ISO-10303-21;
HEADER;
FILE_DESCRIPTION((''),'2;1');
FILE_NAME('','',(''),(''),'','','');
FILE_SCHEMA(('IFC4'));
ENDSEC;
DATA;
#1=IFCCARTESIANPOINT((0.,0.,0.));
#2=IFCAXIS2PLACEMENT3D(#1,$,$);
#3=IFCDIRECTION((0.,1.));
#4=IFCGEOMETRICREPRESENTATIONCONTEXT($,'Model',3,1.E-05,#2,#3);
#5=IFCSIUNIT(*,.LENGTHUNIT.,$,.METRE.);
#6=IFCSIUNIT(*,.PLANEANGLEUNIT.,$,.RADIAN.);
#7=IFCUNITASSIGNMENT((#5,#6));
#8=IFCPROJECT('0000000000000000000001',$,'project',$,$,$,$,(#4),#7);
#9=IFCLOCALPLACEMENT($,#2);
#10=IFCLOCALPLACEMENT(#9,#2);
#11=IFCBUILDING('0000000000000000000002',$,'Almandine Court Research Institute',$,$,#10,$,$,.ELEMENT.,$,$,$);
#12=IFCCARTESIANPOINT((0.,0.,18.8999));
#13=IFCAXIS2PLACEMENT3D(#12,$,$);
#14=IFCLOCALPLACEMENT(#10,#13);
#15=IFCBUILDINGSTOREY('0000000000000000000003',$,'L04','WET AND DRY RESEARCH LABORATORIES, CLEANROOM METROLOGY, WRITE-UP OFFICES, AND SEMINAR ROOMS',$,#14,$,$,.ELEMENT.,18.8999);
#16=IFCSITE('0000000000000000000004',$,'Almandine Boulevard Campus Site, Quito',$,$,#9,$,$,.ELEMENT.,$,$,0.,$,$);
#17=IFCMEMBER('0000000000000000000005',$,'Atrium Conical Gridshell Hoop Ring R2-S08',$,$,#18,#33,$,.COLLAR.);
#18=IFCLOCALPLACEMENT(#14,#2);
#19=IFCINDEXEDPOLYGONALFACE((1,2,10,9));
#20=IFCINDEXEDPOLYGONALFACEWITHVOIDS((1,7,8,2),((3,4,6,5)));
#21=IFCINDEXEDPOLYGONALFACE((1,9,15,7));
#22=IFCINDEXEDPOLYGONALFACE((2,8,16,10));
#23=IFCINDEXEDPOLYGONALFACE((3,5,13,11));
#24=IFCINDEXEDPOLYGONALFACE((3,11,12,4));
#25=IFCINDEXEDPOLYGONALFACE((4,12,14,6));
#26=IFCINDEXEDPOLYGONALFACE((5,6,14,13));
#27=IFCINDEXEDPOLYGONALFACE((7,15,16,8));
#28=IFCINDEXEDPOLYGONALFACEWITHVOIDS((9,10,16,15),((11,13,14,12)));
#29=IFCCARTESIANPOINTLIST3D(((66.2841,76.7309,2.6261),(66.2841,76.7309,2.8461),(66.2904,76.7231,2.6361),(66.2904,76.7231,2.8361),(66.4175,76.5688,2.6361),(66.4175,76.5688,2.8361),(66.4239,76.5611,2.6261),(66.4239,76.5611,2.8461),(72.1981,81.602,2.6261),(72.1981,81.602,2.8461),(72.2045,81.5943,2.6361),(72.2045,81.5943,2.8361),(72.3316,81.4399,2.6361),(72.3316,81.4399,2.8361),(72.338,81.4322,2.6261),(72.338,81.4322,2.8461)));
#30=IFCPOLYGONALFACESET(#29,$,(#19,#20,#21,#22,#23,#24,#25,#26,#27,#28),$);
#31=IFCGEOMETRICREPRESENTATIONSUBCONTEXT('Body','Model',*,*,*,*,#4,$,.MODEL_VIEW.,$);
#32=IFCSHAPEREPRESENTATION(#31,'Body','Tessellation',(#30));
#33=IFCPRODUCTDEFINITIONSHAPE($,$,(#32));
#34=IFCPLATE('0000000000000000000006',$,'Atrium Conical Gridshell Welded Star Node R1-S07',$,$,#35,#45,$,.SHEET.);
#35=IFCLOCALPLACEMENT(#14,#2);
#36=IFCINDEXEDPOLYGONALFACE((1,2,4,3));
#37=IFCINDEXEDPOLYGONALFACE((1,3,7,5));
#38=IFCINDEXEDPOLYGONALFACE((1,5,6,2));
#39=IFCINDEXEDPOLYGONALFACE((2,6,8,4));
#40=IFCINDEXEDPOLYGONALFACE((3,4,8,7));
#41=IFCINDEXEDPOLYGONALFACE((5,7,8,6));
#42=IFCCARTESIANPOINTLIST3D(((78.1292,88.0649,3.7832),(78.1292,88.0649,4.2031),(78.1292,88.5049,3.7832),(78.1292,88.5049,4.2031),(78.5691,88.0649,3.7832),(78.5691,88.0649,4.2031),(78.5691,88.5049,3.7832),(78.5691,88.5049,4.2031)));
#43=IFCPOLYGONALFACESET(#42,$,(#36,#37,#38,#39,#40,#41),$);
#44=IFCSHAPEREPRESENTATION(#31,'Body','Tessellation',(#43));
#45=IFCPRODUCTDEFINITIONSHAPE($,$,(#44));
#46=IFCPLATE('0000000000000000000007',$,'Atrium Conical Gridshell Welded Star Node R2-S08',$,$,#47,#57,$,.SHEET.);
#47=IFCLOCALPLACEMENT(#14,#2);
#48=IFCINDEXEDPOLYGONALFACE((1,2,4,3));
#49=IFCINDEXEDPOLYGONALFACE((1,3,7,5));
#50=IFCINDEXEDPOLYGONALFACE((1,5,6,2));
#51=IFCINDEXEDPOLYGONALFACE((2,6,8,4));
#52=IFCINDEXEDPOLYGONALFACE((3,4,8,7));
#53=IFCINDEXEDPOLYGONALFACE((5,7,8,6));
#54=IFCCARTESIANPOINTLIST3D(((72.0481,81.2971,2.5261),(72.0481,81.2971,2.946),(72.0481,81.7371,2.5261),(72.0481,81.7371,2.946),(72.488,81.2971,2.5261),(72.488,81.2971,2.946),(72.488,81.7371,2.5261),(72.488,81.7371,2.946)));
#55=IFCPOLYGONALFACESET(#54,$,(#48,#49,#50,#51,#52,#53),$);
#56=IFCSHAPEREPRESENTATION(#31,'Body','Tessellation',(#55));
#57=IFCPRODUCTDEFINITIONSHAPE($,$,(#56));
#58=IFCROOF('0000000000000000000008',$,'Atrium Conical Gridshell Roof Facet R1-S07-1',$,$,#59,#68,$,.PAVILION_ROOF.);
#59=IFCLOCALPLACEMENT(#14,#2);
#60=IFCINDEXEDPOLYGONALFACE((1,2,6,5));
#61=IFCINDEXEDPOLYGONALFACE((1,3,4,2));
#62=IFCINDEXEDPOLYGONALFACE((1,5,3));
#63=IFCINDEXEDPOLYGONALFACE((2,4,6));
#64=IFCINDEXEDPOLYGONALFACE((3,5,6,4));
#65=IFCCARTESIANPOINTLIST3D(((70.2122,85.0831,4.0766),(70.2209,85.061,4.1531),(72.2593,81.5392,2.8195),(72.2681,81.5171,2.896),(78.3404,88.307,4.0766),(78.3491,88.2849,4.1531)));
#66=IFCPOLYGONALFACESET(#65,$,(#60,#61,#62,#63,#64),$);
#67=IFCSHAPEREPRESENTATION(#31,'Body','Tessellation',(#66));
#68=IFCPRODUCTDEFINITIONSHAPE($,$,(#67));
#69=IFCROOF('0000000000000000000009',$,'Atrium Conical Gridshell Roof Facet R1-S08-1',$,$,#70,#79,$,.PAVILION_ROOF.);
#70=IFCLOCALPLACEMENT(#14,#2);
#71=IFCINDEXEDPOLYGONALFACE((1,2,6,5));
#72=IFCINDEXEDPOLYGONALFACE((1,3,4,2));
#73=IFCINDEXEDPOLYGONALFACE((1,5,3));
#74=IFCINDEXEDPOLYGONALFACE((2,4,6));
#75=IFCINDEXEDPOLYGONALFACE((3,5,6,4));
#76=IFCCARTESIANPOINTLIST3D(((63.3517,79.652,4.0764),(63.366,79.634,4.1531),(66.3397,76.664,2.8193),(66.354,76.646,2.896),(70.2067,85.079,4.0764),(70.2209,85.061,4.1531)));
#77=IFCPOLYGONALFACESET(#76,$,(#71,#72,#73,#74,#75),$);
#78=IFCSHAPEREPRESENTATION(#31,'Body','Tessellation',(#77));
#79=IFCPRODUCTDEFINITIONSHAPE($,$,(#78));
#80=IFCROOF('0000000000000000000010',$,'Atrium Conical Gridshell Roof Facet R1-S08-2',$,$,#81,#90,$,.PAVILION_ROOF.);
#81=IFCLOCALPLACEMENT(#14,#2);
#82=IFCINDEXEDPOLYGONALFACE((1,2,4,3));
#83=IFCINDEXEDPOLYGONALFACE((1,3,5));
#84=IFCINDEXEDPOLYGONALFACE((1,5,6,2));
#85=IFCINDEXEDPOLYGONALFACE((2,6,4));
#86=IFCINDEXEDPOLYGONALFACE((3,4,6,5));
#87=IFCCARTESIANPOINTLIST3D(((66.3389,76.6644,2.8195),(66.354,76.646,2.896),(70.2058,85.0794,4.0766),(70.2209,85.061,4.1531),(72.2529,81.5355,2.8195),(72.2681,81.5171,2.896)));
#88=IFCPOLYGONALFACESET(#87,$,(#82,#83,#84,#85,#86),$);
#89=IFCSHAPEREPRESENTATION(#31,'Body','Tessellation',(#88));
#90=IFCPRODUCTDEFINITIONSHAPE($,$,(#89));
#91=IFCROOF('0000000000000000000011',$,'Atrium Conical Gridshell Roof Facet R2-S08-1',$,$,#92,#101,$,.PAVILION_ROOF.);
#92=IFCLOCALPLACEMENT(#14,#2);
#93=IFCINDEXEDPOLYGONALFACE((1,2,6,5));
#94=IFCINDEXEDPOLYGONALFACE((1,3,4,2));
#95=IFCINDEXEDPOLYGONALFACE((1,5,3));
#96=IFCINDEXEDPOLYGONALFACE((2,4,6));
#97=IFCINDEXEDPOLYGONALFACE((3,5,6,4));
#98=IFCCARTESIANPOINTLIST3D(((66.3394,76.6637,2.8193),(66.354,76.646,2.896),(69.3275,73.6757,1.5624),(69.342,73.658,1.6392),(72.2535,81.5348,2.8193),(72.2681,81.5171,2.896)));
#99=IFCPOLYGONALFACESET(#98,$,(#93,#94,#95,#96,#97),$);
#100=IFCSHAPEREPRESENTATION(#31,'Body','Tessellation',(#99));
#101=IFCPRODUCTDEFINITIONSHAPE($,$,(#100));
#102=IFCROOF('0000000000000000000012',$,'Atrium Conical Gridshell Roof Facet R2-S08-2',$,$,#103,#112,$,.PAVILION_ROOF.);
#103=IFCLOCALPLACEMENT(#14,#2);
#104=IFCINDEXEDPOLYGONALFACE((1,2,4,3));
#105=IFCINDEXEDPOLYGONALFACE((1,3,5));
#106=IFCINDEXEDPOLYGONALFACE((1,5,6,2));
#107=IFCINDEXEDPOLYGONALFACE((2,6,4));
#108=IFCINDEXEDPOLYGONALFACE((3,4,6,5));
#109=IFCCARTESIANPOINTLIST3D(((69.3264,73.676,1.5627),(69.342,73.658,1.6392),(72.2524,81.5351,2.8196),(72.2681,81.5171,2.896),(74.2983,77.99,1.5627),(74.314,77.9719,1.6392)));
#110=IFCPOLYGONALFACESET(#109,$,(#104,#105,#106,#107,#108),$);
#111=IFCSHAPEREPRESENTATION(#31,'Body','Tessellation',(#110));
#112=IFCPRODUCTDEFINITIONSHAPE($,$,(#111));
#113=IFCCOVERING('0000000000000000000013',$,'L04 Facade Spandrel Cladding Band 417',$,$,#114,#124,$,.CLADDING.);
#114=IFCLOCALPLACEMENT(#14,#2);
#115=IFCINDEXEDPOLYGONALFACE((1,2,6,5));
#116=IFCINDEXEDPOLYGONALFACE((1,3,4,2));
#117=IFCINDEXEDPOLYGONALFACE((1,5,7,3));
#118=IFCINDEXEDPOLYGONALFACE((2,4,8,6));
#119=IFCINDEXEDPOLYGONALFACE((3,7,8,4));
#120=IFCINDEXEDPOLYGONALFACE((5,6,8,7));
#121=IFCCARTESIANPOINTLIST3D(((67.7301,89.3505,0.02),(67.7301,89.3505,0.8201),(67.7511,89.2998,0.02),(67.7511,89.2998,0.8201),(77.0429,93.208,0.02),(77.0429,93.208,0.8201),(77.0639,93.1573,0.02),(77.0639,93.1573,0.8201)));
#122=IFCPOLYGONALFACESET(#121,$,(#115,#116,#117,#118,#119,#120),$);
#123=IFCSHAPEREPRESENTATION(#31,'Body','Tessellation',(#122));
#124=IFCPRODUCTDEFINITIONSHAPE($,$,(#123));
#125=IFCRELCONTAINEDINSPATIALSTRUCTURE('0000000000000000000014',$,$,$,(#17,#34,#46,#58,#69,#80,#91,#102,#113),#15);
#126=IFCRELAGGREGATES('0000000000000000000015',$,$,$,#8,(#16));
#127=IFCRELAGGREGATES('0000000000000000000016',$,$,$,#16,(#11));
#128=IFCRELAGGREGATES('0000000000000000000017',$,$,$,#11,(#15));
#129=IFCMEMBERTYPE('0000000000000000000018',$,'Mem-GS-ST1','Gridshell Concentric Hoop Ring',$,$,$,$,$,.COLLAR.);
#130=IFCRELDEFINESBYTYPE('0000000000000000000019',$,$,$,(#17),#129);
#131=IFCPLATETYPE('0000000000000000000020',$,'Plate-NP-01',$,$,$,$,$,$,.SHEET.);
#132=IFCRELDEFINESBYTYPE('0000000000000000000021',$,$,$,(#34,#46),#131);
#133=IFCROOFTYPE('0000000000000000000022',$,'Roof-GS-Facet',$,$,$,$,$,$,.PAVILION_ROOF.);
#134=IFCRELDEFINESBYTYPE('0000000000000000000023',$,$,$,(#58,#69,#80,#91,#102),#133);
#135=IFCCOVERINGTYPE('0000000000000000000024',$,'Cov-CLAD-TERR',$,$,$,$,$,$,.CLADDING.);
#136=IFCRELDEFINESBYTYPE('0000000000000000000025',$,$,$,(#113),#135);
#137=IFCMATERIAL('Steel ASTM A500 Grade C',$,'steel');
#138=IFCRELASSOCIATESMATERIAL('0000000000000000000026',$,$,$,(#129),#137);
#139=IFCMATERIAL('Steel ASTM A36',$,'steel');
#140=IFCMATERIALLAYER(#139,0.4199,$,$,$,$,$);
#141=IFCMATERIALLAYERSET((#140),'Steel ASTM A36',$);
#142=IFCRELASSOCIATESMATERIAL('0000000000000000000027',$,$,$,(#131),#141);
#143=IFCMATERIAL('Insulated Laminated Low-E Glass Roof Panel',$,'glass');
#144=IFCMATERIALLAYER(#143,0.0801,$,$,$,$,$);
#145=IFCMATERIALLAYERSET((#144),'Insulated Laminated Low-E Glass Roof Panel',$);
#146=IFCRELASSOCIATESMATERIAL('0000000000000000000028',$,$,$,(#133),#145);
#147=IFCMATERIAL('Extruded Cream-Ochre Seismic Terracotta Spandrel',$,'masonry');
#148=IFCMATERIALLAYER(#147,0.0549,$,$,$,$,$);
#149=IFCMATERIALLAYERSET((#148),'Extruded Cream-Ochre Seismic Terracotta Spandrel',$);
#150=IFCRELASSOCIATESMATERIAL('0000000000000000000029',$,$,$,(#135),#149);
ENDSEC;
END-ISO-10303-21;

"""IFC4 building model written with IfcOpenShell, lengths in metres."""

from ifc_helpers import new_model, si_unit, direction, frame, origin, origin_2d, place, context, subcontext, project, spatial, polyline, rectangle, hollow_rectangle, outline, extrude, material, layer, layer_set, material_profile, profile_set, type_object, element, save


model = new_model("IFC4")

# Units and contexts
model_context = context("Model", 3, precision=1e-05, world=origin(), true_north=direction((0.0, 1.0)))
body_context = subcontext(model_context, "Body", "Model", "MODEL_VIEW")
ifc_project = project(units=[si_unit("LENGTHUNIT", "METRE"), si_unit("PLANEANGLEUNIT", "RADIAN")], contexts=[model_context])

# Site, building, storey
site_placement = place(None, origin())
site = spatial("IfcSite", under=ifc_project, at=site_placement, Name="Almandine Boulevard Campus Site, Quito", CompositionType="ELEMENT", RefElevation=0.0)
building_placement = place(site_placement, origin())
building = spatial("IfcBuilding", under=site, at=building_placement, Name="Almandine Court Research Institute", CompositionType="ELEMENT")
storey_placement = place(building_placement, frame((0.0, 0.0, 18.8999)))
storey = spatial("IfcBuildingStorey", under=building, at=storey_placement, Name="L04", Description="WET AND DRY RESEARCH LABORATORIES, CLEANROOM METROLOGY, WRITE-UP OFFICES, AND SEMINAR ROOMS", CompositionType="ELEMENT", Elevation=18.8999)

# Shared definitions
ifc_material_1 = material(Name="Steel ASTM A500 Grade C", Category="steel")

# Member
ifc_material_profile_1 = material_profile(ifc_material_1, hollow_rectangle(XDim=0.22, YDim=0.22, WallThickness=0.01, at=origin_2d()), Name="HSS 220x220x10")
ifc_profile_set_1 = profile_set([ifc_material_profile_1], Name="Steel ASTM A500 Grade C")
member_type_1 = type_object("IfcMemberType", Name="Mem-GS-ST1", Description="Gridshell Concentric Hoop Ring", PredefinedType="COLLAR", material=ifc_profile_set_1)
member_1_placement = place(storey_placement, frame((72.2681, 81.5171, 2.7361), z_axis=(-0.771886, -0.635761, 0.0), x_axis=(0.635761, -0.771886, 0.0)))
element("IfcMember", 1, at=member_1_placement, inside=storey, type_object=member_type_1, Name="Atrium Conical Gridshell Hoop Ring R2-S08", PredefinedType="COLLAR", context=body_context, shape_type="SweptSolid", body=[
    extrude(hollow_rectangle(XDim=0.22, YDim=0.22, WallThickness=0.01, at=origin_2d()), origin(), (0.0, 0.0, 1.0), 7.6619),
])

# Plates
ifc_material_2 = material(Name="Steel ASTM A36", Category="steel")
ifc_layer_1 = layer(ifc_material_2, 0.4199)
ifc_layer_set_1 = layer_set([ifc_layer_1], Name="Steel ASTM A36")
plate_type = type_object("IfcPlateType", Name="Plate-NP-01", PredefinedType="SHEET", material=ifc_layer_set_1)
for number, where, z_axis, x_axis, name in (
    (2, (78.3491, 88.2849, 3.7832), (0.0, 0.0, 1.0), (1.0, 0.0, 0.0), "Atrium Conical Gridshell Welded Star Node R1-S07"),
    (3, (72.2681, 81.5171, 2.5261), (0.0, 0.0, 1.0), (1.0, 0.0, 0.0), "Atrium Conical Gridshell Welded Star Node R2-S08"),
):
    element("IfcPlate", number, at=place(storey_placement, frame(where, z_axis=z_axis, x_axis=x_axis)), inside=storey, type_object=plate_type, Name=name, PredefinedType="SHEET", context=body_context, shape_type="SweptSolid", body=[
        extrude(rectangle(XDim=0.4399, YDim=0.4399, at=origin_2d()), origin(), (0.0, 0.0, 1.0), 0.4199),
    ])

# Roofs
ifc_material_3 = material(Name="Insulated Laminated Low-E Glass Roof Panel", Category="glass")
ifc_layer_2 = layer(ifc_material_3, 0.0801)
ifc_layer_set_2 = layer_set([ifc_layer_2], Name="Insulated Laminated Low-E Glass Roof Panel")
roof_type = type_object("IfcRoofType", Name="Roof-GS-Facet", PredefinedType="PAVILION_ROOF", material=ifc_layer_set_2)
roof_1_placement = place(storey_placement, frame((78.3491, 88.2849, 4.1531), z_axis=(0.109317, -0.275615, 0.955032), x_axis=(-0.929553, -0.368689, 0.0)))
element("IfcRoof", 4, at=roof_1_placement, inside=storey, type_object=roof_type, Name="Atrium Conical Gridshell Roof Facet R1-S07-1", PredefinedType="PAVILION_ROOF", context=body_context, shape_type="SweptSolid", body=[
    extrude(outline(polyline([(0.0, 0.0), (8.7442, 0.0), (8.1479, 4.2397), (0.0, 0.0)])), origin(), (0.0, 0.0, -1.0), 0.0801),
])
roof_2_placement = place(storey_placement, frame((70.2209, 85.061, 4.1531), z_axis=(0.178081, -0.224938, 0.957961), x_axis=(-0.784038, -0.620713, 0.0)))
element("IfcRoof", 5, at=roof_2_placement, inside=storey, type_object=roof_type, Name="Atrium Conical Gridshell Roof Facet R1-S08-1", PredefinedType="PAVILION_ROOF", context=body_context, shape_type="SweptSolid", body=[
    extrude(outline(polyline([(0.0, 0.0), (8.7432, 0.0), (8.2552, 4.3816), (0.0, 0.0)])), origin(), (0.0, 0.0, -1.0), 0.0801),
])
roof_3_placement = place(storey_placement, frame((70.2209, 85.061, 4.1531), z_axis=(0.189017, -0.229489, 0.954781), x_axis=(-0.413757, -0.900396, -0.134506)))
element("IfcRoof", 6, at=roof_3_placement, inside=storey, type_object=roof_type, Name="Atrium Conical Gridshell Roof Facet R1-S08-2", PredefinedType="PAVILION_ROOF", context=body_context, shape_type="SweptSolid", body=[
    extrude(outline(polyline([(0.0, 0.0), (9.3459, 0.0), (2.513, 3.4663), (0.0, 0.0)])), origin(), (0.0, 0.0, -1.0), 0.0801),
])
roof_4_placement = place(storey_placement, frame((72.2681, 81.5171, 2.896), z_axis=(0.182021, -0.220994, 0.958139), x_axis=(-0.771886, -0.635761, 0.0)))
element("IfcRoof", 7, at=roof_4_placement, inside=storey, type_object=roof_type, Name="Atrium Conical Gridshell Roof Facet R2-S08-1", PredefinedType="PAVILION_ROOF", context=body_context, shape_type="SweptSolid", body=[
    extrude(outline(polyline([(0.0, 0.0), (7.6618, 0.0), (7.2551, 4.3899), (0.0, 0.0)])), origin(), (0.0, 0.0, -1.0), 0.0801),
])
roof_5_placement = place(storey_placement, frame((72.2681, 81.5171, 2.896), z_axis=(0.195626, -0.225463, 0.954409), x_axis=(-0.345058, -0.926805, -0.148215)))
element("IfcRoof", 8, at=roof_5_placement, inside=storey, type_object=roof_type, Name="Atrium Conical Gridshell Roof Facet R2-S08-2", PredefinedType="PAVILION_ROOF", context=body_context, shape_type="SweptSolid", body=[
    extrude(outline(polyline([(0.0, 0.0), (8.4798, 0.0), (2.766, 3.2684), (0.0, 0.0)])), origin(), (0.0, 0.0, -1.0), 0.0801),
])

# Covering
ifc_material_4 = material(Name="Extruded Cream-Ochre Seismic Terracotta Spandrel", Category="masonry")
ifc_layer_3 = layer(ifc_material_4, 0.0549)
ifc_layer_set_3 = layer_set([ifc_layer_3], Name="Extruded Cream-Ochre Seismic Terracotta Spandrel")
covering_type = type_object("IfcCoveringType", Name="Cov-CLAD-TERR", PredefinedType="CLADDING", material=ifc_layer_set_3)
covering_placement = place(storey_placement, frame((72.397, 91.2539, 0.02), z_axis=(0.0, 0.0, 1.0), x_axis=(-0.92388, -0.382683, 0.0)))
element("IfcCovering", 9, at=covering_placement, inside=storey, type_object=covering_type, Name="L04 Facade Spandrel Cladding Band 417", PredefinedType="CLADDING", context=body_context, shape_type="SweptSolid", body=[
    extrude(rectangle(XDim=10.0801, YDim=0.0549, at=origin_2d()), origin(), (0.0, 0.0, 1.0), 0.8),
])

save(model, "model.ifc")
